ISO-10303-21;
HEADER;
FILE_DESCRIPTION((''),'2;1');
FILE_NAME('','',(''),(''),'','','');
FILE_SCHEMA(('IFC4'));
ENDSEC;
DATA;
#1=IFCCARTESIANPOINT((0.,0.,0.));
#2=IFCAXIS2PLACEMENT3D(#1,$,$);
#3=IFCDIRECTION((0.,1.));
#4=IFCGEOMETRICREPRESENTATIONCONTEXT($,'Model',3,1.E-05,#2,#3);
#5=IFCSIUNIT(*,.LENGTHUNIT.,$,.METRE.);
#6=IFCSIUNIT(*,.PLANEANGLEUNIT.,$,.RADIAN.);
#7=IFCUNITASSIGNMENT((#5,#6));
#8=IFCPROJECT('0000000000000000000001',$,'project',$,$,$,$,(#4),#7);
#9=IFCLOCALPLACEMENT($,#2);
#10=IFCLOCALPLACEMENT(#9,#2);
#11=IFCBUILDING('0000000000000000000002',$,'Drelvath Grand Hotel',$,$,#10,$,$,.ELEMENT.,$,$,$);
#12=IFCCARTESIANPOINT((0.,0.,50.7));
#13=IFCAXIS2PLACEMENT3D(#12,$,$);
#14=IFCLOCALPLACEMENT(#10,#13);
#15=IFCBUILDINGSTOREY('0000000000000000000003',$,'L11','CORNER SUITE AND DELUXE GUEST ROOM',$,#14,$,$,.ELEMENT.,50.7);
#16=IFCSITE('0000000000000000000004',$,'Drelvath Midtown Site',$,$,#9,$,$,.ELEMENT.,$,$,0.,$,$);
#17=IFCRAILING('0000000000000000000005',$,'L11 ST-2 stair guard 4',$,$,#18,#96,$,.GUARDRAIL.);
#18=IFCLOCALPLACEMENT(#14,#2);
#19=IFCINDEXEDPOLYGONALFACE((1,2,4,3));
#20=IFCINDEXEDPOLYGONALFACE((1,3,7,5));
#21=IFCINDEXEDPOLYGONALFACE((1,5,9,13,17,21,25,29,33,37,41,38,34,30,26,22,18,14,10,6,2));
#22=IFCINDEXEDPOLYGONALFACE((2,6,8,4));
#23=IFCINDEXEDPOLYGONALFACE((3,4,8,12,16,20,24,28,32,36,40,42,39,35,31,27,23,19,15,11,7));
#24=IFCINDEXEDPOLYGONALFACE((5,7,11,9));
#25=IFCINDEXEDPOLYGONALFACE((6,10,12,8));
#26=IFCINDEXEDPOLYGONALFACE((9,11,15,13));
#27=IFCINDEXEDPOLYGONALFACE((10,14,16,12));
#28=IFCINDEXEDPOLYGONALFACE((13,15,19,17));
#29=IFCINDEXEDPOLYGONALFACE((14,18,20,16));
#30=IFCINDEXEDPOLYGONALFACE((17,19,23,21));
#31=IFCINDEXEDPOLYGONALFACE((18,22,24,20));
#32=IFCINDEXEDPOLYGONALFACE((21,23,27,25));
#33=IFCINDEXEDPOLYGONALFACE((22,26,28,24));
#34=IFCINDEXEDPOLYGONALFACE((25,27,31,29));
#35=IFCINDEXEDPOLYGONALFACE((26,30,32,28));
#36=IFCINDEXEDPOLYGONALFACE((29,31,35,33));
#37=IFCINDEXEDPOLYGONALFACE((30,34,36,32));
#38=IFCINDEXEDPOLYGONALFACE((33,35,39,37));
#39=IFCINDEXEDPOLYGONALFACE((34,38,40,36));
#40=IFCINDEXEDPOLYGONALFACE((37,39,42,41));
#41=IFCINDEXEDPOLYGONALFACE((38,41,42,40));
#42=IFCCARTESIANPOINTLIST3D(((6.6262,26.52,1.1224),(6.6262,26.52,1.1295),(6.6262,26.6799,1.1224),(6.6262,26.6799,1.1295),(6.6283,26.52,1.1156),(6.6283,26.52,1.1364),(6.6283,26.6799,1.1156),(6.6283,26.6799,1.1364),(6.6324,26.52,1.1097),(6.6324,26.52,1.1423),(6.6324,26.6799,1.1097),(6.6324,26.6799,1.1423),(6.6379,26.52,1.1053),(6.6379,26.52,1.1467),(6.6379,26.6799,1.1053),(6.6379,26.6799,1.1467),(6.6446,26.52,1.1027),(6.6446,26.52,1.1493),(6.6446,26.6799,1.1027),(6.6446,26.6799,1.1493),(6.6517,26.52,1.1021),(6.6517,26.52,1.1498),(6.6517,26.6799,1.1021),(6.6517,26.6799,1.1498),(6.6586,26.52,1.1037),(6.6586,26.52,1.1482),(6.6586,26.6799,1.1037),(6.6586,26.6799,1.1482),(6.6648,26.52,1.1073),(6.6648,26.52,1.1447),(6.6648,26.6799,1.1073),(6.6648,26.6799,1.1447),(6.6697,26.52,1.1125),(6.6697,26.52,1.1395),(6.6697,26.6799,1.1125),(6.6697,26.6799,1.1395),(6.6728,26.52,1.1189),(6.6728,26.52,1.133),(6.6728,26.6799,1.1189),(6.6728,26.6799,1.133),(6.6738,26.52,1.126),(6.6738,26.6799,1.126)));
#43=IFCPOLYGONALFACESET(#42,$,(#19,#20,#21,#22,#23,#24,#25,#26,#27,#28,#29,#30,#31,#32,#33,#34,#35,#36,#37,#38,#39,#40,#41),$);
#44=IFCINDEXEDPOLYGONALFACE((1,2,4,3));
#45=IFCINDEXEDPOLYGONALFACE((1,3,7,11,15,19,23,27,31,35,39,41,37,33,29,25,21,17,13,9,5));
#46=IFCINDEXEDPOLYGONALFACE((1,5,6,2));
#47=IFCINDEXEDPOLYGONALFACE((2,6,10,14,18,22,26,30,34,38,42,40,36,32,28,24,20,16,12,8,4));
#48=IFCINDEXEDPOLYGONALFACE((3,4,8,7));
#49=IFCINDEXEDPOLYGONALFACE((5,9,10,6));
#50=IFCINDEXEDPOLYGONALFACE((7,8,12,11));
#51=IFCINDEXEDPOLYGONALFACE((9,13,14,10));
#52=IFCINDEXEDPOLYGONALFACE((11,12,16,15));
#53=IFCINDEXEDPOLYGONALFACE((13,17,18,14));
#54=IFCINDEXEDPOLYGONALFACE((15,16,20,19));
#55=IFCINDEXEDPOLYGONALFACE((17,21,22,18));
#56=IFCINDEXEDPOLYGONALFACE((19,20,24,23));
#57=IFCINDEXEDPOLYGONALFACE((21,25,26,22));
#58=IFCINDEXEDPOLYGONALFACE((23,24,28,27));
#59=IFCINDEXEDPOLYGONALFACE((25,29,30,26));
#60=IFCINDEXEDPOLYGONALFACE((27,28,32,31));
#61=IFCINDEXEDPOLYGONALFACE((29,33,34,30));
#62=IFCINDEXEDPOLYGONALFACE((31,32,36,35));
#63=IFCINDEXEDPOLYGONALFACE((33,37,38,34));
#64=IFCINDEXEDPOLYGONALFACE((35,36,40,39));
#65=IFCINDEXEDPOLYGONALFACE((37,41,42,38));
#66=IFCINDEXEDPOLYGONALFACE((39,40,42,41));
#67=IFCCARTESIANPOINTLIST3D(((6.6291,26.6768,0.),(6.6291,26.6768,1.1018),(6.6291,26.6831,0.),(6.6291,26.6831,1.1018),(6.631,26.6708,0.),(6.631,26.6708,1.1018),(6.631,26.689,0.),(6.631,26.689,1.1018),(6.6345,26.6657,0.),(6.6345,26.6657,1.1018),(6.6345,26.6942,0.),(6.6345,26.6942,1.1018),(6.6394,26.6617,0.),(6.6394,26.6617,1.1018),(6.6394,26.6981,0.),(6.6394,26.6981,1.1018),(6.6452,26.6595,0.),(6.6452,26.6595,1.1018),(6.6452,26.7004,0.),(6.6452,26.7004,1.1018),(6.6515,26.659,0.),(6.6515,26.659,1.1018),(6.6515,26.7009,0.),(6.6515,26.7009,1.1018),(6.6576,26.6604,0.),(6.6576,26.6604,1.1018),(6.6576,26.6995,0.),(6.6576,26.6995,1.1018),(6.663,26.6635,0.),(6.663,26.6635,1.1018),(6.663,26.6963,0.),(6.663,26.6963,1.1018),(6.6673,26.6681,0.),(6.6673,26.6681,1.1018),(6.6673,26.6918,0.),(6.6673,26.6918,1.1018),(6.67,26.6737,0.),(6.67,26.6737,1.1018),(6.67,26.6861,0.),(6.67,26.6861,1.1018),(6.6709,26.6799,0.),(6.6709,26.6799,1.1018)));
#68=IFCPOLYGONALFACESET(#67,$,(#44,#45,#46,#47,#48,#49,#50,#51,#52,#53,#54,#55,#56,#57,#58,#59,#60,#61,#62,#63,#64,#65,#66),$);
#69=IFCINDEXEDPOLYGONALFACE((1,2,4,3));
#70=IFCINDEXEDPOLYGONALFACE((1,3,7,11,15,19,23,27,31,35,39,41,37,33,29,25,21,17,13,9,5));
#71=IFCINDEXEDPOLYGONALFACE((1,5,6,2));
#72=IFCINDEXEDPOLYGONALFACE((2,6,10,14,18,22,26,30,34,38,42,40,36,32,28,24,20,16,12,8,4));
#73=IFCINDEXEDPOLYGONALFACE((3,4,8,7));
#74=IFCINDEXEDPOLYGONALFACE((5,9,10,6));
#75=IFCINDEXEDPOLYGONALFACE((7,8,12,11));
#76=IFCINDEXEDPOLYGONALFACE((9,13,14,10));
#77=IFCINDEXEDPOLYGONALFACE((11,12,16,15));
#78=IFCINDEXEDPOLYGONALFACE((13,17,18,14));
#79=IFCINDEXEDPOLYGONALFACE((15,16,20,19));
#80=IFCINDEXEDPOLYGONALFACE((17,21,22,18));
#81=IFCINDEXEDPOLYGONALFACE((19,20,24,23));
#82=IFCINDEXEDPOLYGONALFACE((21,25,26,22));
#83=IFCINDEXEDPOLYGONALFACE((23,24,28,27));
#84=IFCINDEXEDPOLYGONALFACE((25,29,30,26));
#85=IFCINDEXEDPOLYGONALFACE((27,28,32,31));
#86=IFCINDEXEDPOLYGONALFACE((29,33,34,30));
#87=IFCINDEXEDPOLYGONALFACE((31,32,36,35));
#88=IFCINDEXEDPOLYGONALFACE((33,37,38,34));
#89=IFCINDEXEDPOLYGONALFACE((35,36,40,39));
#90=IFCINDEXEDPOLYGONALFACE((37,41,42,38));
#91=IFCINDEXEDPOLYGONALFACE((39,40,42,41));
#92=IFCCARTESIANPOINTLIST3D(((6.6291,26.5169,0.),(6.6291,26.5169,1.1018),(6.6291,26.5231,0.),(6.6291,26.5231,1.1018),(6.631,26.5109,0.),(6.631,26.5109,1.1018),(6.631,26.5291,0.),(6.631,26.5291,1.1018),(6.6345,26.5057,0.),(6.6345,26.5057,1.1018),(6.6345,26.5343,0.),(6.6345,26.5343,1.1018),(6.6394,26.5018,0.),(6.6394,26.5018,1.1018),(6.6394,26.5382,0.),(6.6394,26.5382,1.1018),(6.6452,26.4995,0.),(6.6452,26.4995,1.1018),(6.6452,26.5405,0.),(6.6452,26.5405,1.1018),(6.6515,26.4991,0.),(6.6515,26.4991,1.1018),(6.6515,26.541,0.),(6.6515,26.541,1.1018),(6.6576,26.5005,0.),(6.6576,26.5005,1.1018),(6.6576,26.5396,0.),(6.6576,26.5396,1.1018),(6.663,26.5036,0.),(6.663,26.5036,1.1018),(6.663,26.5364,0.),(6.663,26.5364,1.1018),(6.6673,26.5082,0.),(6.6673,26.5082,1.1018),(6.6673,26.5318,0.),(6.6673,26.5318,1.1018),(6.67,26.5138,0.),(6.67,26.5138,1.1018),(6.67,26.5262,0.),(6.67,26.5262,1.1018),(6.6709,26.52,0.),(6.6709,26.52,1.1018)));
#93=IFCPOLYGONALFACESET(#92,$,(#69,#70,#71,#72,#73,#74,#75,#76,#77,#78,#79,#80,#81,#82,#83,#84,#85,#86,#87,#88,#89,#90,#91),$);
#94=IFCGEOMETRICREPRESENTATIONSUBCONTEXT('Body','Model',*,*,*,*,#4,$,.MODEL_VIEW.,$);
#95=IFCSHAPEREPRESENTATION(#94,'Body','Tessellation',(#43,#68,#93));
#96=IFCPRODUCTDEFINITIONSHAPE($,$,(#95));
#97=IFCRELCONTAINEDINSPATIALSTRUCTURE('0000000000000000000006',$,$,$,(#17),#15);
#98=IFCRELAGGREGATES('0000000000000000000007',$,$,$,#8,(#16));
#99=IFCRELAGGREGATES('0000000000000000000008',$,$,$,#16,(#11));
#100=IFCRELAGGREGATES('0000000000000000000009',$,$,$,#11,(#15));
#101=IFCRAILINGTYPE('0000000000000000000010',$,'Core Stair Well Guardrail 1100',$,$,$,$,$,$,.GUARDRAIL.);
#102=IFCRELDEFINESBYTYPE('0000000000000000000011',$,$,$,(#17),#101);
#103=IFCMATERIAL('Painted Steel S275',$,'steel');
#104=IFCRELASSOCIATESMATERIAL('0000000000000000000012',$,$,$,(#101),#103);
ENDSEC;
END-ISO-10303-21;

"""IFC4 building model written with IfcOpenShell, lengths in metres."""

from ifc_helpers import new_model, si_unit, direction, frame, origin, origin_2d, place, context, subcontext, project, spatial, circle, extrude, material, type_object, element, save


model = new_model("IFC4")

# Units and contexts
model_context = context("Model", 3, precision=1e-05, world=origin(), true_north=direction((0.0, 1.0)))
body_context = subcontext(model_context, "Body", "Model", "MODEL_VIEW")
ifc_project = project(units=[si_unit("LENGTHUNIT", "METRE"), si_unit("PLANEANGLEUNIT", "RADIAN")], contexts=[model_context])

# Site, building, storey
site_placement = place(None, origin())
site = spatial("IfcSite", under=ifc_project, at=site_placement, Name="Drelvath Midtown Site", CompositionType="ELEMENT", RefElevation=0.0)
building_placement = place(site_placement, origin())
building = spatial("IfcBuilding", under=site, at=building_placement, Name="Drelvath Grand Hotel", CompositionType="ELEMENT")
storey_placement = place(building_placement, frame((0.0, 0.0, 50.7)))
storey = spatial("IfcBuildingStorey", under=building, at=storey_placement, Name="L11", Description="CORNER SUITE AND DELUXE GUEST ROOM", CompositionType="ELEMENT", Elevation=50.7)

# Shared definitions
ifc_material_1 = material(Name="Painted Steel S275", Category="steel")

# Railing
railing_type_1 = type_object("IfcRailingType", Name="Core Stair Well Guardrail 1100", PredefinedType="GUARDRAIL", material=ifc_material_1)
railing_1_placement = place(storey_placement, frame((6.6499, 26.6799, 0.0)))
element("IfcRailing", 1, at=railing_1_placement, inside=storey, type_object=railing_type_1, Name="L11 ST-2 stair guard 4", PredefinedType="GUARDRAIL", context=body_context, shape_type="SweptSolid", body=[
    extrude(circle(Radius=0.0239, at=origin_2d()), frame((0.0, 0.0, 1.126), z_axis=(0.0, -1.0, 0.0), x_axis=(1.0, 0.0, 0.0)), (0.0, 0.0, 1.0), 0.1599),
    extrude(circle(Radius=0.021, at=origin_2d()), origin(), (0.0, 0.0, 1.0), 1.1018),
    extrude(circle(Radius=0.021, at=origin_2d()), frame((0.0, -0.1599, 0.0)), (0.0, 0.0, 1.0), 1.1018),
])

save(model, "model.ifc")
